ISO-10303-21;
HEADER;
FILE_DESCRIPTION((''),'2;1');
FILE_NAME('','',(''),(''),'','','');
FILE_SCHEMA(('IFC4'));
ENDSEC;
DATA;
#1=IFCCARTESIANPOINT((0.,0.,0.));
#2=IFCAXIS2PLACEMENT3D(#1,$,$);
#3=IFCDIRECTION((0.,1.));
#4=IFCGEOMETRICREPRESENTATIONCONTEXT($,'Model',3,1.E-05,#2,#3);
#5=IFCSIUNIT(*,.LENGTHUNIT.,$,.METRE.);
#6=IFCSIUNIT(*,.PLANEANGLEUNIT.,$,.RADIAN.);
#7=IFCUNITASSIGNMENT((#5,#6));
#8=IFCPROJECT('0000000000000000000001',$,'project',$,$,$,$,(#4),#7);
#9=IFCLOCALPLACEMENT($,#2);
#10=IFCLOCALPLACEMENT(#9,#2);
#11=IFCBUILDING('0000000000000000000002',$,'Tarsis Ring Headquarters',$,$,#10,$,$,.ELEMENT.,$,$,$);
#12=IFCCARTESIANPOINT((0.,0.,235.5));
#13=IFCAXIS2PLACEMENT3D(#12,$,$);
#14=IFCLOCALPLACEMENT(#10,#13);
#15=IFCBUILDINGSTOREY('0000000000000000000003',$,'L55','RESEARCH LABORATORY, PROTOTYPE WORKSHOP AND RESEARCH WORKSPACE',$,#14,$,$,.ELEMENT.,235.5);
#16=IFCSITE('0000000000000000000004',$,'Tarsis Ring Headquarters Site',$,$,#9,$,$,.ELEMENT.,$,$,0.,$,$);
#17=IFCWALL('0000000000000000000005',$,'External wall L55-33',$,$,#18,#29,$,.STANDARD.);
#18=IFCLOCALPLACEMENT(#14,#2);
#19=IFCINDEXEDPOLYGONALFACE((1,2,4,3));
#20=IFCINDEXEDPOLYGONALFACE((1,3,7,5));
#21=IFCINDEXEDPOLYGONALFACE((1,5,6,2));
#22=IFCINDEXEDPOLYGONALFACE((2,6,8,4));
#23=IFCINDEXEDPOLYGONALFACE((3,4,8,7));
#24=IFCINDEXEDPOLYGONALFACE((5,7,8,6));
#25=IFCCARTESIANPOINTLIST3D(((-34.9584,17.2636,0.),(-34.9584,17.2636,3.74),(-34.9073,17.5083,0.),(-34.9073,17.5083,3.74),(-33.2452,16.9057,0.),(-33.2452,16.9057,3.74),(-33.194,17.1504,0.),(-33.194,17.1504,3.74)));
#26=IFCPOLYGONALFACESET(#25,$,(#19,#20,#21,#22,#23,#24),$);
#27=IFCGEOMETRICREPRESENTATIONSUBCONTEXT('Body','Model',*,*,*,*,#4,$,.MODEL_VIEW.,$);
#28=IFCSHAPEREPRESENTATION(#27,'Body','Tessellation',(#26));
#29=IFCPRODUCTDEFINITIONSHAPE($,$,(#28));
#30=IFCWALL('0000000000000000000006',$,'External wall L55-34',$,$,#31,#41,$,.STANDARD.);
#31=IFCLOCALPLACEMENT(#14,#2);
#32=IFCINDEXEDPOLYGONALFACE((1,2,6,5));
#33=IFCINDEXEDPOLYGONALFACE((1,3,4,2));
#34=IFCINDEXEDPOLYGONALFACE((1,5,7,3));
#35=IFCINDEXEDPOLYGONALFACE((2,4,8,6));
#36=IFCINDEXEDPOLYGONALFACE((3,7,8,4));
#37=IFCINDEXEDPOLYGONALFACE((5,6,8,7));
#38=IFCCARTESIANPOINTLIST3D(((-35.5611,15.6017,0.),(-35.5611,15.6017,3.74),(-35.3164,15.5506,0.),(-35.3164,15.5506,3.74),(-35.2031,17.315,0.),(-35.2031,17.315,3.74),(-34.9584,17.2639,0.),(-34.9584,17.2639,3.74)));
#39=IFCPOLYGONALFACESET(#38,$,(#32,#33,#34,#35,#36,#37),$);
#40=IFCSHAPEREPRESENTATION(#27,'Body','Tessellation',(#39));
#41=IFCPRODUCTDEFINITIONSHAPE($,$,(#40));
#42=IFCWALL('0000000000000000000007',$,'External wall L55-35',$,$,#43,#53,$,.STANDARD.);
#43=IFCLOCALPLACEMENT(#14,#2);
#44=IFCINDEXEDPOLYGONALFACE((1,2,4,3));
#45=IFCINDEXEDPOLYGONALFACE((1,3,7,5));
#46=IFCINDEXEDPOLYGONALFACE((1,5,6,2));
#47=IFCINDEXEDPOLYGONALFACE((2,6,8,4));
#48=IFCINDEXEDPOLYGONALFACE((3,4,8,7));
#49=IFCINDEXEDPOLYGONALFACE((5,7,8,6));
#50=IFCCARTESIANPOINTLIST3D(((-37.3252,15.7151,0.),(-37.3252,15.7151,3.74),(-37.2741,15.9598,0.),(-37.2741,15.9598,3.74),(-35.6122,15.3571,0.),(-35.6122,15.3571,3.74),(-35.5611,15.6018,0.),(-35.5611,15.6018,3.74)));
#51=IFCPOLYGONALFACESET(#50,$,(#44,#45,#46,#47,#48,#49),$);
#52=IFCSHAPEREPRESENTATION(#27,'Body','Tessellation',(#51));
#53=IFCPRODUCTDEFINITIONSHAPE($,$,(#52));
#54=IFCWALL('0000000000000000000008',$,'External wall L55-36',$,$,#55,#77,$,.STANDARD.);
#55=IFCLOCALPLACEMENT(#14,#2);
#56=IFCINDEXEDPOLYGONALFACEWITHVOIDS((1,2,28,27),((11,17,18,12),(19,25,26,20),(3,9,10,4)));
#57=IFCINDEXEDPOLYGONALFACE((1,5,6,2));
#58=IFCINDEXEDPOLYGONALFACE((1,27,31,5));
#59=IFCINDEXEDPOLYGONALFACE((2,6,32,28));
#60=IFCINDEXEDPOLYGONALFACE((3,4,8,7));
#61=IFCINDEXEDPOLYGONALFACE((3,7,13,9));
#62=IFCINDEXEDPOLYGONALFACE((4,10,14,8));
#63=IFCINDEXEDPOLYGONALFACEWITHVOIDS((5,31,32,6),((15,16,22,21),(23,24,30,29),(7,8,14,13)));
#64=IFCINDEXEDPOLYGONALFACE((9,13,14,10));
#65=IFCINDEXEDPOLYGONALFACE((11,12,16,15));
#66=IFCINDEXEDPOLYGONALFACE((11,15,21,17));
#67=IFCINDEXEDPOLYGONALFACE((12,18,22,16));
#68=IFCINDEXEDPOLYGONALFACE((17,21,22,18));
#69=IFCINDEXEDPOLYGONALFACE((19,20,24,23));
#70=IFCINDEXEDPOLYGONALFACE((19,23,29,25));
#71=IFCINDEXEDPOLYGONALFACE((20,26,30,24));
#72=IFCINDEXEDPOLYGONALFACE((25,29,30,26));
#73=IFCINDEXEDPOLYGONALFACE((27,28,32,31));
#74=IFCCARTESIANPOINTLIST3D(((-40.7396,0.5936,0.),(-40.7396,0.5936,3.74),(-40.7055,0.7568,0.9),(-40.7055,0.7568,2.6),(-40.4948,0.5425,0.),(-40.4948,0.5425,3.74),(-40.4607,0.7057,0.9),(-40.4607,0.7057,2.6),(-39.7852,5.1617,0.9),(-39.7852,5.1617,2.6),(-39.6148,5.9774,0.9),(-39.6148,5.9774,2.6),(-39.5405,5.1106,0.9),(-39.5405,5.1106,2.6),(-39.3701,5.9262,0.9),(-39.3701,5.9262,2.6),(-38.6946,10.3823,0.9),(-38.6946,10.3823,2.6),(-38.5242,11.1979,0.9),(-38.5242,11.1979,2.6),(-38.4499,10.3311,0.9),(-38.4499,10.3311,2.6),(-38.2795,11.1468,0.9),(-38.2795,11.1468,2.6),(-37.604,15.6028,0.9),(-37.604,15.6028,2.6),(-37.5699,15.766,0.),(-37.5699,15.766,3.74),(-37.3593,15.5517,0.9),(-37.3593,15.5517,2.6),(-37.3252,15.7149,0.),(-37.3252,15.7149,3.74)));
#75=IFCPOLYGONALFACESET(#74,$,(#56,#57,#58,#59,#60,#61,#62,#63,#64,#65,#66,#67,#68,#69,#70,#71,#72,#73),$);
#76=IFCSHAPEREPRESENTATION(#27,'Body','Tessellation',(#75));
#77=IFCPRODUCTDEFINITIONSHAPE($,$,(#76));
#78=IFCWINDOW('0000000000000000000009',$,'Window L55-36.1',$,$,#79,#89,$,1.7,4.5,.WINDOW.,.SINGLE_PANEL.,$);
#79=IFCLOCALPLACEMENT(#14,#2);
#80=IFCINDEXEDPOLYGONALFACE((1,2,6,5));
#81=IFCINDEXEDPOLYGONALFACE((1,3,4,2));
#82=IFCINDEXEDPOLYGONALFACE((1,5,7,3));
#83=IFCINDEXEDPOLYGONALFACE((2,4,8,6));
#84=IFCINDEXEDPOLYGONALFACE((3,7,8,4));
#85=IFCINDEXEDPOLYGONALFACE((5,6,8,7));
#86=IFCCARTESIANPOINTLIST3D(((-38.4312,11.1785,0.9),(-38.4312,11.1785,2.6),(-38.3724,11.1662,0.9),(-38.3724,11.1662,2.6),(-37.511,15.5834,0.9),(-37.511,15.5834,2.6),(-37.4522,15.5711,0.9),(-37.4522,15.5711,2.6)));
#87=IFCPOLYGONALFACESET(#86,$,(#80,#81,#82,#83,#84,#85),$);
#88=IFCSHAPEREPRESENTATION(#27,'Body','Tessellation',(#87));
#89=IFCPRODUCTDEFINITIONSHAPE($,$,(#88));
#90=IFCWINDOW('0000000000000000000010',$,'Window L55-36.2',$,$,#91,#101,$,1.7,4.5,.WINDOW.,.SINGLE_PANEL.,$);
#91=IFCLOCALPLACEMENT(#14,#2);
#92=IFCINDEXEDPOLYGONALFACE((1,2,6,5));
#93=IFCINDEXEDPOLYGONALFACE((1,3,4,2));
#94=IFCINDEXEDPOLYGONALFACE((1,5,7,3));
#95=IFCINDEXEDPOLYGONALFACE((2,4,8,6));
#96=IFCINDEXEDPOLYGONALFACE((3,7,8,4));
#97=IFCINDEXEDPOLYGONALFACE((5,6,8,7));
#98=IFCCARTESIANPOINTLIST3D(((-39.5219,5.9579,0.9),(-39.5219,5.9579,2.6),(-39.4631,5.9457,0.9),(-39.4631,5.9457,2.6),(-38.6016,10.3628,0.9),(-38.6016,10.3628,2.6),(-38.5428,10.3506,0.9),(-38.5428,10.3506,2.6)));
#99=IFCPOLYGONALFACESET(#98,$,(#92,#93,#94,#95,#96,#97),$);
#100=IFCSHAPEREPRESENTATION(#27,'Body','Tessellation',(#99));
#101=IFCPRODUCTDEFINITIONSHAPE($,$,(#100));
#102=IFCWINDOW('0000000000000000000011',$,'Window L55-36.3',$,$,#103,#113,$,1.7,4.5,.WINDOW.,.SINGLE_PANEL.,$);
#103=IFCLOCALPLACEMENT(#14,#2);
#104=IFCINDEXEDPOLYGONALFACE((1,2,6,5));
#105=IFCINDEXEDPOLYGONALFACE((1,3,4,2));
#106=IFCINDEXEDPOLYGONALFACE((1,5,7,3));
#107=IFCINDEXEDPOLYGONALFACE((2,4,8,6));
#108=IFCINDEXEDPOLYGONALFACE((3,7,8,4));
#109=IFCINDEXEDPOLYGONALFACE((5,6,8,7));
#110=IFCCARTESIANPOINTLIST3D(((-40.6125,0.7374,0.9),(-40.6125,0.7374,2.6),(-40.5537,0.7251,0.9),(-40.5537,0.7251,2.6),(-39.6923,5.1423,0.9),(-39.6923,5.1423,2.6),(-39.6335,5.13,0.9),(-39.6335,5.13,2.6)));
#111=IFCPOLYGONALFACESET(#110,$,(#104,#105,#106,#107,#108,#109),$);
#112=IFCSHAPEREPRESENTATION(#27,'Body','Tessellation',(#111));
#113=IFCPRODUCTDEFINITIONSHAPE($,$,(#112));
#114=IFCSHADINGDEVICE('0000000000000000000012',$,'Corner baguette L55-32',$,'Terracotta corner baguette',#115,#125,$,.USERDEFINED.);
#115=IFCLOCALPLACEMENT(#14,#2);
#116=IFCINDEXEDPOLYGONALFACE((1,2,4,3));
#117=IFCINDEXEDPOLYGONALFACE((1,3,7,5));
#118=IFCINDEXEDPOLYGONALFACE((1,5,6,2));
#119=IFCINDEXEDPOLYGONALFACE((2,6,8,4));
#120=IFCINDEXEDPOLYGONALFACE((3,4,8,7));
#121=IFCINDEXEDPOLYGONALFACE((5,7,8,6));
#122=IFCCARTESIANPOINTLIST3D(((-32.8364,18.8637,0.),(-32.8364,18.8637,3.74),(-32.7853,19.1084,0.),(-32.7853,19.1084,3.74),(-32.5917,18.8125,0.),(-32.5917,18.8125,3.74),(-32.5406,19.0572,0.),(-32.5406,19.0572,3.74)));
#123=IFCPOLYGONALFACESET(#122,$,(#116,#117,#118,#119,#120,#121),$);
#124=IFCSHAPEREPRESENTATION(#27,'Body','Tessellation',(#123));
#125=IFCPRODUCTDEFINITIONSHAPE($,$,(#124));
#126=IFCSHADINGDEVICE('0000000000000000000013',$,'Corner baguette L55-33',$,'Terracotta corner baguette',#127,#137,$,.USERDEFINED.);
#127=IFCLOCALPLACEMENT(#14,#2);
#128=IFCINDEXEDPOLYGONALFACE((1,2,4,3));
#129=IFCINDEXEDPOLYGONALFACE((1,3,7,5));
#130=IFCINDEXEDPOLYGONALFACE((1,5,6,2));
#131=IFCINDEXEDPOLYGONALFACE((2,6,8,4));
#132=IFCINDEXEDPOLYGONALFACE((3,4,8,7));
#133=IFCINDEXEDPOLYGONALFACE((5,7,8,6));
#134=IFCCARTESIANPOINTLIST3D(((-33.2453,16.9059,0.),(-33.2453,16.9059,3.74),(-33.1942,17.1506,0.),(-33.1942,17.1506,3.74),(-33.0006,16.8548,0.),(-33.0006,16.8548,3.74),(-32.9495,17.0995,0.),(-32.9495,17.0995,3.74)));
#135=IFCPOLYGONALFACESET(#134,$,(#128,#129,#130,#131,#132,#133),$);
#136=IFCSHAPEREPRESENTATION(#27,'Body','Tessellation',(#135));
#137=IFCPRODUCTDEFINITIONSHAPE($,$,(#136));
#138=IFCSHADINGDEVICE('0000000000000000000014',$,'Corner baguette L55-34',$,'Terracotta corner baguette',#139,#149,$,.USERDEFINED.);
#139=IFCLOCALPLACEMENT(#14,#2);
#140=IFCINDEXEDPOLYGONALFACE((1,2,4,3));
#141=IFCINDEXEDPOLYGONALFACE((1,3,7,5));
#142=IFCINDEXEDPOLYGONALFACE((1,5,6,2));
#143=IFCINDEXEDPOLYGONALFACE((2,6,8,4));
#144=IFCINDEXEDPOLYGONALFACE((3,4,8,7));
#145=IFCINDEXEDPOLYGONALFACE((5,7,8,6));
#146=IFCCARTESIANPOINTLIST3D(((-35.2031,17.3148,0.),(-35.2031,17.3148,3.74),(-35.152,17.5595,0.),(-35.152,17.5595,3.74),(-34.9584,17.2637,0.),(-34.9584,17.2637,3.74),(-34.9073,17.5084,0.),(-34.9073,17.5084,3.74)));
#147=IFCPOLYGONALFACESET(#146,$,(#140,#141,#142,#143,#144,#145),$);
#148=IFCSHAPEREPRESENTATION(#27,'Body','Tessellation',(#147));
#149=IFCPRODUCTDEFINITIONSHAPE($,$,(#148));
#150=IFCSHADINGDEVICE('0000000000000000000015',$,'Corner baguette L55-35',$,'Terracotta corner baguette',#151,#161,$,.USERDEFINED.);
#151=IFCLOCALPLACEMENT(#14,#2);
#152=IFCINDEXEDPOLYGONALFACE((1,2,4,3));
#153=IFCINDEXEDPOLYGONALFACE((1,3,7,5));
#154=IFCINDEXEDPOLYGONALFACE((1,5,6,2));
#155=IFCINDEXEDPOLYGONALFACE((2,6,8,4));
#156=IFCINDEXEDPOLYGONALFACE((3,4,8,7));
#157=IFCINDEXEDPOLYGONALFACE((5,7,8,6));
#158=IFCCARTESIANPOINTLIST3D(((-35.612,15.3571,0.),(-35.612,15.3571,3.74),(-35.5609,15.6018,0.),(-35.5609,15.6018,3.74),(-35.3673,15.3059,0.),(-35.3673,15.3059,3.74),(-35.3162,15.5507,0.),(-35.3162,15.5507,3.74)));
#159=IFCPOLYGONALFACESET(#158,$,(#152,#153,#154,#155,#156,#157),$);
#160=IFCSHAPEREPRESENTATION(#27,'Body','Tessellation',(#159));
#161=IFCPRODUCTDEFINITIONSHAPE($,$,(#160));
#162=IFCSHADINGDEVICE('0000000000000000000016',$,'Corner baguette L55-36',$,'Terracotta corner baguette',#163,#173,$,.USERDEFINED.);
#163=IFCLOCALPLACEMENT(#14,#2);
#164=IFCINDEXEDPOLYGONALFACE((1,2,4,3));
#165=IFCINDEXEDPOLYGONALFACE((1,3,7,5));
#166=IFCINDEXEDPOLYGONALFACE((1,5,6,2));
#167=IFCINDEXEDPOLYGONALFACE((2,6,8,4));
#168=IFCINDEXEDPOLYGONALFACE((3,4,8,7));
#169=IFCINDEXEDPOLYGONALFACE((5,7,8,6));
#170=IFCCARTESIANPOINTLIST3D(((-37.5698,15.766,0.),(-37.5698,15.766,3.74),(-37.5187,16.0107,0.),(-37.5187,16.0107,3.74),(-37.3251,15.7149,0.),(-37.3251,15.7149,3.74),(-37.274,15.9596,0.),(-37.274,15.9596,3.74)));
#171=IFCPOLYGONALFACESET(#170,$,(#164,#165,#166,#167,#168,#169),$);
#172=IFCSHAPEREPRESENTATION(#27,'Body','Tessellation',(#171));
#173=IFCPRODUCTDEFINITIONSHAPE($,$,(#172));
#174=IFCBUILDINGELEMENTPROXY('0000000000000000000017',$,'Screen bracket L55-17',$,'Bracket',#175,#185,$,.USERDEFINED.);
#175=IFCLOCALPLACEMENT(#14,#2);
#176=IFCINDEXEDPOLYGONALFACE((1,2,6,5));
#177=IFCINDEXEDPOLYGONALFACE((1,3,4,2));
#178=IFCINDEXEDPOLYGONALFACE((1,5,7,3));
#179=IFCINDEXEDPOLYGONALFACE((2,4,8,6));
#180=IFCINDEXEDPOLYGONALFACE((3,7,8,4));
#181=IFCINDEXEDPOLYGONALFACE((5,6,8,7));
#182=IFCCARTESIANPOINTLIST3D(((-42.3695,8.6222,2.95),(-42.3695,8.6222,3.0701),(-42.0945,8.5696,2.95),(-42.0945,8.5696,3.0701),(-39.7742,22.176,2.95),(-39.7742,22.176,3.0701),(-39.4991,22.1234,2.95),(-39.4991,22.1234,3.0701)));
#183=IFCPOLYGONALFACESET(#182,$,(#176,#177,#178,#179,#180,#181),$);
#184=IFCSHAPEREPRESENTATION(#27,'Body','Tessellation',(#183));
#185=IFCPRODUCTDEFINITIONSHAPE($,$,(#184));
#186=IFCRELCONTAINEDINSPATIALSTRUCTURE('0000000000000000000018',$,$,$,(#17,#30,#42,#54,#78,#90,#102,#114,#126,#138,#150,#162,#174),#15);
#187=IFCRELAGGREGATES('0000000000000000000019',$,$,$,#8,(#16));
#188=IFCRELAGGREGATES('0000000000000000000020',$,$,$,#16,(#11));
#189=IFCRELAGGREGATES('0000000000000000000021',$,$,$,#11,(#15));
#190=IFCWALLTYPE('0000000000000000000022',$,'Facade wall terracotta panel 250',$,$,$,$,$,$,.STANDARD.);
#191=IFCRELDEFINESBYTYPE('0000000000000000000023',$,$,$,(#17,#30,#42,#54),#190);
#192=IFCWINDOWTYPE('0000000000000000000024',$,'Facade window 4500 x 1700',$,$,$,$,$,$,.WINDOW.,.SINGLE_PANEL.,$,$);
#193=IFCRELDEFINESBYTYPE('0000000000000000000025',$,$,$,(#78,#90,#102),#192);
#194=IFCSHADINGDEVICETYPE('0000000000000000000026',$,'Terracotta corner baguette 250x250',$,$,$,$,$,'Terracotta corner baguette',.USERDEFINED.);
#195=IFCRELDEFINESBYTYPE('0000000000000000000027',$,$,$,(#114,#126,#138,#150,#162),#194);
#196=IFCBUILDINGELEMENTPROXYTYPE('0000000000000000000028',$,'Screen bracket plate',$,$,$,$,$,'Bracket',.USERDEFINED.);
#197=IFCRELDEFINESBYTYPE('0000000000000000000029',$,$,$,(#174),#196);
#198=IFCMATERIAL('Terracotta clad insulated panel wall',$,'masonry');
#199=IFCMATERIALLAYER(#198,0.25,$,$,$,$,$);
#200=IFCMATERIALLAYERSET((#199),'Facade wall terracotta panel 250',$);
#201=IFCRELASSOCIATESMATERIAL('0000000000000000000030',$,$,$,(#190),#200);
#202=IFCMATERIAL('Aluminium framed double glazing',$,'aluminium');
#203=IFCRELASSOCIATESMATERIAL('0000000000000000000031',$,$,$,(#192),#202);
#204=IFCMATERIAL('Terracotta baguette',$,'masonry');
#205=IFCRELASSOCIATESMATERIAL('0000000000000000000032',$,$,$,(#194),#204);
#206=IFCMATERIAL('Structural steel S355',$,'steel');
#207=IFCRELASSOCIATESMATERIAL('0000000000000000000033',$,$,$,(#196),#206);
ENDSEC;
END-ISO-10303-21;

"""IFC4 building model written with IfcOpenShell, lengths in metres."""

from ifc_helpers import new_model, si_unit, direction, frame, frame_2d, origin, origin_2d, place, context, subcontext, project, spatial, rectangle, extrude, material, layer, layer_set, type_object, element, fill, save


model = new_model("IFC4")

# Units and contexts
model_context = context("Model", 3, precision=1e-05, world=origin(), true_north=direction((0.0, 1.0)))
body_context = subcontext(model_context, "Body", "Model", "MODEL_VIEW")
ifc_project = project(units=[si_unit("LENGTHUNIT", "METRE"), si_unit("PLANEANGLEUNIT", "RADIAN")], contexts=[model_context])

# Site, building, storey
site_placement = place(None, origin())
site = spatial("IfcSite", under=ifc_project, at=site_placement, Name="Tarsis Ring Headquarters Site", CompositionType="ELEMENT", RefElevation=0.0)
building_placement = place(site_placement, origin())
building = spatial("IfcBuilding", under=site, at=building_placement, Name="Tarsis Ring Headquarters", CompositionType="ELEMENT")
storey_placement = place(building_placement, frame((0.0, 0.0, 235.5)))
storey = spatial("IfcBuildingStorey", under=building, at=storey_placement, Name="L55", Description="RESEARCH LABORATORY, PROTOTYPE WORKSHOP AND RESEARCH WORKSPACE", CompositionType="ELEMENT", Elevation=235.5)

# Shared definitions
ifc_material_1 = material(Name="Structural steel S355", Category="steel")

# Walls
ifc_material_2 = material(Name="Terracotta clad insulated panel wall", Category="masonry")
ifc_layer_1 = layer(ifc_material_2, 0.25)
ifc_layer_set_1 = layer_set([ifc_layer_1], Name="Facade wall terracotta panel 250")
wall_type_1 = type_object("IfcWallType", Name="Facade wall terracotta panel 250", PredefinedType="STANDARD", material=ifc_layer_set_1)
for number, where, z_axis, x_axis, name in (
    (1, (-33.2197, 17.0281, 0.0), (0.0, 0.0, 1.0), (-0.978865, 0.204506, 0.0), "External wall L55-33"),
    (2, (-35.0808, 17.2893, 0.0), (0.0, 0.0, 1.0), (-0.204506, -0.978865, 0.0), "External wall L55-34"),
):
    element("IfcWall", number, at=place(storey_placement, frame(where, z_axis=z_axis, x_axis=x_axis)), inside=storey, type_object=wall_type_1, Name=name, PredefinedType="STANDARD", context=body_context, shape_type="SweptSolid", body=[
        extrude(rectangle(XDim=1.7502, YDim=0.25, at=frame_2d((0.875, 0.0))), origin(), (0.0, 0.0, 1.0), 3.74),
    ])
wall_1_placement = place(storey_placement, frame((-35.5867, 15.4795, 0.0), z_axis=(0.0, 0.0, 1.0), x_axis=(-0.97886, 0.204534, 0.0)))
element("IfcWall", 3, at=wall_1_placement, inside=storey, type_object=wall_type_1, Name="External wall L55-35", PredefinedType="STANDARD", context=body_context, shape_type="SweptSolid", body=[
    extrude(rectangle(XDim=1.75, YDim=0.25, at=frame_2d((0.875, 0.0))), origin(), (0.0, 0.0, 1.0), 3.74),
])

# Wall, openings, windows
wall_2_placement = place(storey_placement, frame((-37.4475, 15.7405, 0.0), z_axis=(0.0, 0.0, 1.0), x_axis=(-0.204496, -0.978867, 0.0)))
wall_2 = element("IfcWall", 4, at=wall_2_placement, inside=storey, type_object=wall_type_1, Name="External wall L55-36", PredefinedType="STANDARD", context=body_context, shape_type="SweptSolid", body=[
    extrude(rectangle(XDim=15.5, YDim=0.25, at=frame_2d((7.75, 0.0))), origin(), (0.0, 0.0, 1.0), 3.74),
])
opening_1_placement = place(wall_2_placement, frame((0.1667, 0.0, 0.8999)))
opening_1 = element("IfcOpeningElement", 5, at=opening_1_placement, cuts=wall_2, PredefinedType="OPENING", context=body_context, shape_type="SweptSolid", body=[
    extrude(rectangle(XDim=4.5, YDim=1.7, at=frame_2d((2.25, 0.8501))), frame((0.0, 0.135, 0.0), z_axis=(0.0, -1.0, 0.0), x_axis=(1.0, 0.0, 0.0)), (0.0, 0.0, 1.0), 0.27),
])
opening_2_placement = place(wall_2_placement, frame((5.5, 0.0, 0.8999)))
opening_2 = element("IfcOpeningElement", 6, at=opening_2_placement, cuts=wall_2, PredefinedType="OPENING", context=body_context, shape_type="SweptSolid", body=[
    extrude(rectangle(XDim=4.5, YDim=1.7, at=frame_2d((2.25, 0.8501))), frame((0.0, 0.135, 0.0), z_axis=(0.0, -1.0, 0.0), x_axis=(1.0, 0.0, 0.0)), (0.0, 0.0, 1.0), 0.27),
])
opening_3_placement = place(wall_2_placement, frame((10.8333, 0.0, 0.8999)))
opening_3 = element("IfcOpeningElement", 7, at=opening_3_placement, cuts=wall_2, PredefinedType="OPENING", context=body_context, shape_type="SweptSolid", body=[
    extrude(rectangle(XDim=4.5, YDim=1.7, at=frame_2d((2.25, 0.8501))), frame((0.0, 0.135, 0.0), z_axis=(0.0, -1.0, 0.0), x_axis=(1.0, 0.0, 0.0)), (0.0, 0.0, 1.0), 0.27),
])
ifc_material_3 = material(Name="Aluminium framed double glazing", Category="aluminium")
window_type = type_object("IfcWindowType", Name="Facade window 4500 x 1700", PartitioningType="SINGLE_PANEL", PredefinedType="WINDOW", material=ifc_material_3)
window_1_placement = place(opening_1_placement, origin())
window_1 = element("IfcWindow", 8, at=window_1_placement, inside=storey, type_object=window_type, Name="Window L55-36.1", OverallHeight=1.7, OverallWidth=4.5, PartitioningType="SINGLE_PANEL", PredefinedType="WINDOW", context=body_context, shape_type="SweptSolid", body=[
    extrude(rectangle(XDim=4.5, YDim=1.7, at=frame_2d((2.25, 0.8501))), frame((0.0, 0.03, 0.0), z_axis=(0.0, -1.0, 0.0), x_axis=(1.0, 0.0, 0.0)), (0.0, 0.0, 1.0), 0.0601),
])
fill(opening_1, window_1)
window_2_placement = place(opening_2_placement, origin())
window_2 = element("IfcWindow", 9, at=window_2_placement, inside=storey, type_object=window_type, Name="Window L55-36.2", OverallHeight=1.7, OverallWidth=4.5, PartitioningType="SINGLE_PANEL", PredefinedType="WINDOW", context=body_context, shape_type="SweptSolid", body=[
    extrude(rectangle(XDim=4.5, YDim=1.7, at=frame_2d((2.25, 0.8501))), frame((0.0, 0.03, 0.0), z_axis=(0.0, -1.0, 0.0), x_axis=(1.0, 0.0, 0.0)), (0.0, 0.0, 1.0), 0.0601),
])
fill(opening_2, window_2)
window_3_placement = place(opening_3_placement, origin())
window_3 = element("IfcWindow", 10, at=window_3_placement, inside=storey, type_object=window_type, Name="Window L55-36.3", OverallHeight=1.7, OverallWidth=4.5, PartitioningType="SINGLE_PANEL", PredefinedType="WINDOW", context=body_context, shape_type="SweptSolid", body=[
    extrude(rectangle(XDim=4.5, YDim=1.7, at=frame_2d((2.25, 0.8501))), frame((0.0, 0.03, 0.0), z_axis=(0.0, -1.0, 0.0), x_axis=(1.0, 0.0, 0.0)), (0.0, 0.0, 1.0), 0.0601),
])
fill(opening_3, window_3)

# Shading devices
ifc_material_4 = material(Name="Terracotta baguette", Category="masonry")
shading_device_type_1 = type_object("IfcShadingDeviceType", Name="Terracotta corner baguette 250x250", ElementType="Terracotta corner baguette", PredefinedType="USERDEFINED", material=ifc_material_4)
for number, where, z_axis, x_axis, name in (
    (11, (-32.6885, 18.9604, 0.0), (0.0, 0.0, 1.0), (-0.978867, 0.204496, 0.0), "Corner baguette L55-32"),
    (12, (-33.0974, 17.0027, 0.0), (0.0, 0.0, 1.0), (-0.204496, -0.978867, 0.0), "Corner baguette L55-33"),
    (13, (-35.0552, 17.4116, 0.0), (0.0, 0.0, 1.0), (-0.978867, 0.204496, 0.0), "Corner baguette L55-34"),
    (14, (-35.4641, 15.4539, 0.0), (0.0, 0.0, 1.0), (-0.204496, -0.978867, 0.0), "Corner baguette L55-35"),
    (15, (-37.4219, 15.8628, 0.0), (0.0, 0.0, 1.0), (-0.978867, 0.204496, 0.0), "Corner baguette L55-36"),
):
    element("IfcShadingDevice", number, at=place(storey_placement, frame(where, z_axis=z_axis, x_axis=x_axis)), inside=storey, type_object=shading_device_type_1, Name=name, ObjectType="Terracotta corner baguette", PredefinedType="USERDEFINED", context=body_context, shape_type="SweptSolid", body=[
        extrude(rectangle(XDim=0.25, YDim=0.25, at=origin_2d()), origin(), (0.0, 0.0, 1.0), 3.74),
    ])

# Building element proxy
building_element_proxy_type = type_object("IfcBuildingElementProxyType", Name="Screen bracket plate", ElementType="Bracket", PredefinedType="USERDEFINED", material=ifc_material_1)
proxy_placement = place(storey_placement, frame((-40.9343, 15.3728, 2.95), z_axis=(0.0, 0.0, 1.0), x_axis=(-0.188067, -0.982156, 0.0)))
element("IfcBuildingElementProxy", 16, at=proxy_placement, inside=storey, type_object=building_element_proxy_type, Name="Screen bracket L55-17", ObjectType="Bracket", PredefinedType="USERDEFINED", context=body_context, shape_type="SweptSolid", body=[
    extrude(rectangle(XDim=13.8, YDim=0.28, at=origin_2d()), origin(), (0.0, 0.0, 1.0), 0.1201),
])

save(model, "model.ifc")
